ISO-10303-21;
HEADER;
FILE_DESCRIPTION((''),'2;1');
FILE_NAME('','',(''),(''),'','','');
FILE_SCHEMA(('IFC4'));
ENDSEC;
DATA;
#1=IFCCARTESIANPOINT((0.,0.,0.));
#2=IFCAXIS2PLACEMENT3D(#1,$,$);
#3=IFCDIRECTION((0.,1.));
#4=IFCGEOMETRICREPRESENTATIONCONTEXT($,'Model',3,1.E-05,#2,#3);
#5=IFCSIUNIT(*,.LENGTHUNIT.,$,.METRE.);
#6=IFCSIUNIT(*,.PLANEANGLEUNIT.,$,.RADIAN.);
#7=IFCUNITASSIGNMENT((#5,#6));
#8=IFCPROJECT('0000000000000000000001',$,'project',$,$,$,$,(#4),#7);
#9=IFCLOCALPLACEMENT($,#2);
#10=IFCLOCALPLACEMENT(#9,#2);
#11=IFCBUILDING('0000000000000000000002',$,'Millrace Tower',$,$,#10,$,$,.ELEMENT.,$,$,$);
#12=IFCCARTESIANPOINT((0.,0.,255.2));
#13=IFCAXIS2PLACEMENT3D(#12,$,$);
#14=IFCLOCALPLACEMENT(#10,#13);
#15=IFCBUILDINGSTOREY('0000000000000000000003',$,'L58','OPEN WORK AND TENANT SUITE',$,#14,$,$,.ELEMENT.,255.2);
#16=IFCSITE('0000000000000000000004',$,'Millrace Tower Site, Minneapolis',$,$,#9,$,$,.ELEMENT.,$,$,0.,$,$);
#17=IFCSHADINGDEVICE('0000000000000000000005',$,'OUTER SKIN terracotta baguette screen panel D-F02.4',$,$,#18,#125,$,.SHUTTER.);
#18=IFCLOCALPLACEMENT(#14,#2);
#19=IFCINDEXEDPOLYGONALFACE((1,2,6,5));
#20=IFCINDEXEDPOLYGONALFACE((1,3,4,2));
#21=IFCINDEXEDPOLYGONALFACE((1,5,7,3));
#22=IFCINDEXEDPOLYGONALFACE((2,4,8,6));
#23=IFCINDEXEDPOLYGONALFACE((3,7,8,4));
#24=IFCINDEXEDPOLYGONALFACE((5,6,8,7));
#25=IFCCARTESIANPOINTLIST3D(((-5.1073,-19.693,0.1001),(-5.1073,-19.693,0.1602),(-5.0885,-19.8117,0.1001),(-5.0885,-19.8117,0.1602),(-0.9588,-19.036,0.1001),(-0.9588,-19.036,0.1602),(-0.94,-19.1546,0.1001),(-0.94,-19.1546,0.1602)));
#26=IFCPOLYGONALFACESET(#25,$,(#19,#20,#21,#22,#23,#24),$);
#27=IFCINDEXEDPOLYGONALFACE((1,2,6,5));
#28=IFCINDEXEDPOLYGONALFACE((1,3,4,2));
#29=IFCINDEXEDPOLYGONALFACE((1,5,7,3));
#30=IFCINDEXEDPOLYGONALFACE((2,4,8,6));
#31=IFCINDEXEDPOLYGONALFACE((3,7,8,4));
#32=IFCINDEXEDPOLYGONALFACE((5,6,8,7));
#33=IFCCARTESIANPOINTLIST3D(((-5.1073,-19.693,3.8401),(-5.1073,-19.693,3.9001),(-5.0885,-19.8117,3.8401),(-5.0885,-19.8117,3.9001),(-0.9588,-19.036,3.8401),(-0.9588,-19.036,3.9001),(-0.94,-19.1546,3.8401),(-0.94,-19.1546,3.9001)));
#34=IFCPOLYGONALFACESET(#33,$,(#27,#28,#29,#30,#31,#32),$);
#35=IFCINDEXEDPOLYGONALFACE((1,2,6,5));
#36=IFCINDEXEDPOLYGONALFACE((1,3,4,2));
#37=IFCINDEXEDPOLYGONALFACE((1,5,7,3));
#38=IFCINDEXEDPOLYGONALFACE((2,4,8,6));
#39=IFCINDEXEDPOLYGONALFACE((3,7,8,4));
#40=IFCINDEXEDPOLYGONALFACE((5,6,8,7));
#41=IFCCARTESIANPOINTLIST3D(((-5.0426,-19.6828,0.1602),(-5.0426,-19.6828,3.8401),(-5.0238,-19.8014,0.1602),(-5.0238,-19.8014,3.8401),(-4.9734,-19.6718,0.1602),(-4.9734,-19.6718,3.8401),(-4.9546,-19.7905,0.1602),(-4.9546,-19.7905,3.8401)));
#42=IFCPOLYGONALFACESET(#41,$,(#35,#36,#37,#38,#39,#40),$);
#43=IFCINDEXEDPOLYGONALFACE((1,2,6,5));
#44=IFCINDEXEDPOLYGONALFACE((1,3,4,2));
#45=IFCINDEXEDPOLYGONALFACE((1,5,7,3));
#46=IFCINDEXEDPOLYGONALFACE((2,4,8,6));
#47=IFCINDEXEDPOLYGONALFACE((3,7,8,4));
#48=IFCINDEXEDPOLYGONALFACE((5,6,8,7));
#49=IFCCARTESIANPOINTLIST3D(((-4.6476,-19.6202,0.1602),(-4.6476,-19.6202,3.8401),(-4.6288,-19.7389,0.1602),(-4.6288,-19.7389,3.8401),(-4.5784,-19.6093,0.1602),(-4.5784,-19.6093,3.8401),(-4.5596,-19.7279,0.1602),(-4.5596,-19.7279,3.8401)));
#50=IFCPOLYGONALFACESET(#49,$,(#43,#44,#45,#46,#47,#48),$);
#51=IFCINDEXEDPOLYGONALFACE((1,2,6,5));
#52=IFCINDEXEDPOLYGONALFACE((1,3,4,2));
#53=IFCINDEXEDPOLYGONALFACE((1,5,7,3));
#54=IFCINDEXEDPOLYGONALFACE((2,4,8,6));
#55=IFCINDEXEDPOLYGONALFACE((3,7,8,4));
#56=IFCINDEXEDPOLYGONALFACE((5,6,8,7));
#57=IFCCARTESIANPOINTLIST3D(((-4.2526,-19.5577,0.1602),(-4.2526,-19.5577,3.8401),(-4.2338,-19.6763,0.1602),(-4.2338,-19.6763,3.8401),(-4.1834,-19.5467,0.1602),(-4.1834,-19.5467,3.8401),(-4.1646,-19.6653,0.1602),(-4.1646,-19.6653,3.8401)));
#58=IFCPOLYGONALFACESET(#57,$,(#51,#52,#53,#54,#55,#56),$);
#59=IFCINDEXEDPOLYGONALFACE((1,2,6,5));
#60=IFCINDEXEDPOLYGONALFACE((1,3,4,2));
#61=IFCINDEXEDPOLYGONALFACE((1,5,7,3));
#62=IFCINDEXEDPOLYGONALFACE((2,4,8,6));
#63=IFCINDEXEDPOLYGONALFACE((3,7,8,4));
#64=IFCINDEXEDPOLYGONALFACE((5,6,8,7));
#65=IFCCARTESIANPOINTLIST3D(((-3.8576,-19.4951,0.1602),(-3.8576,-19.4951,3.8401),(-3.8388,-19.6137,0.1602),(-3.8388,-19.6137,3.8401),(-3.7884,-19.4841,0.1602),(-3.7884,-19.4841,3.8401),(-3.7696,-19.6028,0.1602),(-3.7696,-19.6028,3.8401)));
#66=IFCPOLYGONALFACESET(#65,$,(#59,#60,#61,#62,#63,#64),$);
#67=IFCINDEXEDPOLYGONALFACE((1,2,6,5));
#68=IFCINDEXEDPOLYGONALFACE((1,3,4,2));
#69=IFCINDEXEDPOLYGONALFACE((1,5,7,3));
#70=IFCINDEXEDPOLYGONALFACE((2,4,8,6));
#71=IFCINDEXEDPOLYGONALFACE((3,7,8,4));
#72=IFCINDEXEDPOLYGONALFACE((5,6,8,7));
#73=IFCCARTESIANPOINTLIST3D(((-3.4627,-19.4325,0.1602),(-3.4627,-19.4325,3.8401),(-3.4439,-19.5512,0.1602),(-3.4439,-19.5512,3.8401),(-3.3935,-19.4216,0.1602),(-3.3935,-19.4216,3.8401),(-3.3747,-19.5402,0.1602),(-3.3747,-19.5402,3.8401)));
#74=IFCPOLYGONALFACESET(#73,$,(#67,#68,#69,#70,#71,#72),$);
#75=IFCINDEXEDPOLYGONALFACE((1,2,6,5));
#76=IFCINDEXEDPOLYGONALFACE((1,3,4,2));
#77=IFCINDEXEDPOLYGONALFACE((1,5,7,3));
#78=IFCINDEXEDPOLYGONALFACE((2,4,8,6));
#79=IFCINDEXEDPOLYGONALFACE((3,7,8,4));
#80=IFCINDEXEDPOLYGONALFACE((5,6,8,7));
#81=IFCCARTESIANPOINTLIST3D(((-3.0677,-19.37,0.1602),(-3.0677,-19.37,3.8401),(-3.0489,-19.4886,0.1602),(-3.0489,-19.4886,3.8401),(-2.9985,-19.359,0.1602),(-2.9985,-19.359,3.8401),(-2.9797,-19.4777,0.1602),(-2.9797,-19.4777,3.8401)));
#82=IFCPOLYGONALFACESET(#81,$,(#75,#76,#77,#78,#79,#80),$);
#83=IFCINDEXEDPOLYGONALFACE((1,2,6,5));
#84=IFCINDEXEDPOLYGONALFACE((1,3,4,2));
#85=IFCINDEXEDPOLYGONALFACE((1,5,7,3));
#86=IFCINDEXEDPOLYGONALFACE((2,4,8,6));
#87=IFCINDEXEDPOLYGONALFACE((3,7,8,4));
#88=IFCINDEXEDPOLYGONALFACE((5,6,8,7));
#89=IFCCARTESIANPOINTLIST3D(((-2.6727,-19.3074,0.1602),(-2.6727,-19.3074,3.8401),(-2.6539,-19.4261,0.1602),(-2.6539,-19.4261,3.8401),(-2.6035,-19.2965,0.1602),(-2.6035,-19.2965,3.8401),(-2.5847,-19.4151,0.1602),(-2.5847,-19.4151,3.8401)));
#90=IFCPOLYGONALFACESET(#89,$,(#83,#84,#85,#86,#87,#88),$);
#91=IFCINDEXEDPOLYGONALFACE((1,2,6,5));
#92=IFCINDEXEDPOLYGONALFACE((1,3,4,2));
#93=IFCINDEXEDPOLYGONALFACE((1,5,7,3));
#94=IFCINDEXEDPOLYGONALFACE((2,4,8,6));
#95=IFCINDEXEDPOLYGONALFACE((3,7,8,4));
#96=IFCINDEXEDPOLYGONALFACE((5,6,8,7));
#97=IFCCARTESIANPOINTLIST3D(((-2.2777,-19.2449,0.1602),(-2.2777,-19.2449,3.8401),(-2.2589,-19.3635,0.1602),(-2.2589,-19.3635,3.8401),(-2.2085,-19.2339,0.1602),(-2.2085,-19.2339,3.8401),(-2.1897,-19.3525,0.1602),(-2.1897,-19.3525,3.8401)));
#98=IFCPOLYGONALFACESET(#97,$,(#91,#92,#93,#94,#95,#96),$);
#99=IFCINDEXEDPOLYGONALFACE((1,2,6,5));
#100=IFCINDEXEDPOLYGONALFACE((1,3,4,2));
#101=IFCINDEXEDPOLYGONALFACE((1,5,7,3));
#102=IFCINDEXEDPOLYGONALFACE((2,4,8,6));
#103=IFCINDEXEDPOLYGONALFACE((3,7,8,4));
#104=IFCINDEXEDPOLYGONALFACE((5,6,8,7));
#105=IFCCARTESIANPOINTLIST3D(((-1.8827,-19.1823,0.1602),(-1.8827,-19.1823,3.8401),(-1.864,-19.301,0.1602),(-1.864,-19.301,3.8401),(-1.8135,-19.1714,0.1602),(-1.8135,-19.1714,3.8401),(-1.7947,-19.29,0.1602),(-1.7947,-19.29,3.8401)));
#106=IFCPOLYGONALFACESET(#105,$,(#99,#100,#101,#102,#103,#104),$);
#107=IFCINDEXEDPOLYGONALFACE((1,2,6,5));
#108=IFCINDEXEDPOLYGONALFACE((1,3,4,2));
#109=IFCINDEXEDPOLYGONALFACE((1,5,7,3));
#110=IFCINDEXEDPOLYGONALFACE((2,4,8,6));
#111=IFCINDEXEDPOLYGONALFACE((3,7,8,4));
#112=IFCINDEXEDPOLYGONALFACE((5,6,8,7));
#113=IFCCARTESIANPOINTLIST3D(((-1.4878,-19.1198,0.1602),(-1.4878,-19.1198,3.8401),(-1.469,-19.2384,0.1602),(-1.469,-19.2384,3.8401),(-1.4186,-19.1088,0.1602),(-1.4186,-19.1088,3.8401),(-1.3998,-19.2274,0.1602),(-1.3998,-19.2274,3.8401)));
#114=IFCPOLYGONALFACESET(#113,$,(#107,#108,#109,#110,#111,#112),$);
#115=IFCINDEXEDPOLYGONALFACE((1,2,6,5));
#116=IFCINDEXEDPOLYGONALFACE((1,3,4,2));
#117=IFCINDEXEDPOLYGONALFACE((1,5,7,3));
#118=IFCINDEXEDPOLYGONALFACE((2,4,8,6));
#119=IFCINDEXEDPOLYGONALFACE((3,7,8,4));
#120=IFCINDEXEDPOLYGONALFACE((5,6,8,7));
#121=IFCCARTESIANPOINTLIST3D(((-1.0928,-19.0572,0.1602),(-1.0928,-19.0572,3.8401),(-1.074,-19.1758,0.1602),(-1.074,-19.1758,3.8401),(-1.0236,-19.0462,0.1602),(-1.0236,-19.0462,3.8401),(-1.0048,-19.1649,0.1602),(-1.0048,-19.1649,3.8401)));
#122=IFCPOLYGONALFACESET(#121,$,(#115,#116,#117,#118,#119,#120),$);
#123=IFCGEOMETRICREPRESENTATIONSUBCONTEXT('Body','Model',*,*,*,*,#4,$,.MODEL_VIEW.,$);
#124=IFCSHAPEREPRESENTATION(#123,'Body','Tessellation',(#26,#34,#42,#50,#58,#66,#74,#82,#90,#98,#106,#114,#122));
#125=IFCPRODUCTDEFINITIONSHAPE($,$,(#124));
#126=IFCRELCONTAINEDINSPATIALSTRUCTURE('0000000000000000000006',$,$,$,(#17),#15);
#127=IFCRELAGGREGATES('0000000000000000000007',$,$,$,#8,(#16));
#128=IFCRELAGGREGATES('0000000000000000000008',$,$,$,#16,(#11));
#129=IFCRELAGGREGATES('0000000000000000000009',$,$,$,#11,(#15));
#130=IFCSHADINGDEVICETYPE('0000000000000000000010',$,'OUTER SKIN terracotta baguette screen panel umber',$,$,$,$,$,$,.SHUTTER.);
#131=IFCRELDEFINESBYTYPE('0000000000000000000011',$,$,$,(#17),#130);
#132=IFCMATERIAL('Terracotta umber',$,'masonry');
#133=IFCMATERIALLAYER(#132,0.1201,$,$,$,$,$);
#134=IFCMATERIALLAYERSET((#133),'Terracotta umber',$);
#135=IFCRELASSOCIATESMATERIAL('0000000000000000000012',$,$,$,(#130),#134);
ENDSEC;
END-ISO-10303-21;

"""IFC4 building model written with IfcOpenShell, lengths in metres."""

from ifc_helpers import new_model, entity, si_unit, direction, frame, frame_2d, origin, origin_2d, place, context, subcontext, project, spatial, rectangle, extrude, source, transform, mapped, material, layer, layer_set, type_object, element, save


model = new_model("IFC4")

# Units and contexts
model_context = context("Model", 3, precision=1e-05, world=origin(), true_north=direction((0.0, 1.0)))
body_context = subcontext(model_context, "Body", "Model", "MODEL_VIEW")
ifc_project = project(units=[si_unit("LENGTHUNIT", "METRE"), si_unit("PLANEANGLEUNIT", "RADIAN")], contexts=[model_context])

# Site, building, storey
site_placement = place(None, origin())
site = spatial("IfcSite", under=ifc_project, at=site_placement, Name="Millrace Tower Site, Minneapolis", CompositionType="ELEMENT", RefElevation=0.0)
building_placement = place(site_placement, origin())
building = spatial("IfcBuilding", under=site, at=building_placement, Name="Millrace Tower", CompositionType="ELEMENT")
storey_placement = place(building_placement, frame((0.0, 0.0, 255.2)))
storey = spatial("IfcBuildingStorey", under=building, at=storey_placement, Name="L58", Description="OPEN WORK AND TENANT SUITE", CompositionType="ELEMENT", Elevation=255.2)

# Shading device
ifc_material_1 = material(Name="Terracotta umber", Category="masonry")
ifc_layer_1 = layer(ifc_material_1, 0.1201)
ifc_layer_set_1 = layer_set([ifc_layer_1], Name="Terracotta umber")
shading_device_type = type_object("IfcShadingDeviceType", Name="OUTER SKIN terracotta baguette screen panel umber", PredefinedType="SHUTTER", material=ifc_layer_set_1)
cartesian_point = entity("IfcCartesianPoint", [-2.1001, 0.0601])
shared_polyline = entity("IfcPolyline", [cartesian_point, entity("IfcCartesianPoint", [2.1001, 0.0601]), entity("IfcCartesianPoint", [2.1001, -0.0601]), entity("IfcCartesianPoint", [-2.1001, -0.0601]), cartesian_point])
shared_shape = source(origin(), body_context, "Body", "SweptSolid", [
    entity("IfcExtrudedAreaSolid", entity("IfcArbitraryClosedProfileDef", "AREA", None, shared_polyline), entity("IfcAxis2Placement3D", entity("IfcCartesianPoint", [0.0, 0.0, 0.0])), entity("IfcDirection", [0.0, 0.0, 1.0]), 0.0601),
    entity("IfcExtrudedAreaSolid", entity("IfcArbitraryClosedProfileDef", "AREA", None, shared_polyline), entity("IfcAxis2Placement3D", entity("IfcCartesianPoint", [0.0, 0.0, 3.74])), entity("IfcDirection", [0.0, 0.0, 1.0]), 0.0601),
    extrude(rectangle(XDim=0.0701, YDim=0.1201, at=frame_2d((-1.9995, 0.0))), frame((0.0, 0.0, 0.0601)), (0.0, 0.0, 1.0), 3.6799),
    extrude(rectangle(XDim=0.0701, YDim=0.1201, at=frame_2d((-1.5996, 0.0))), frame((0.0, 0.0, 0.0601)), (0.0, 0.0, 1.0), 3.6799),
    extrude(rectangle(XDim=0.0701, YDim=0.1201, at=frame_2d((-1.1997, 0.0))), frame((0.0, 0.0, 0.0601)), (0.0, 0.0, 1.0), 3.6799),
    extrude(rectangle(XDim=0.0701, YDim=0.1201, at=frame_2d((-0.7998, 0.0))), frame((0.0, 0.0, 0.0601)), (0.0, 0.0, 1.0), 3.6799),
    extrude(rectangle(XDim=0.0701, YDim=0.1201, at=frame_2d((-0.3999, 0.0))), frame((0.0, 0.0, 0.0601)), (0.0, 0.0, 1.0), 3.6799),
    extrude(rectangle(XDim=0.0701, YDim=0.1201, at=origin_2d()), frame((0.0, 0.0, 0.0601)), (0.0, 0.0, 1.0), 3.6799),
    extrude(rectangle(XDim=0.0701, YDim=0.1201, at=frame_2d((0.3999, 0.0))), frame((0.0, 0.0, 0.0601)), (0.0, 0.0, 1.0), 3.6799),
    extrude(rectangle(XDim=0.0701, YDim=0.1201, at=frame_2d((0.7998, 0.0))), frame((0.0, 0.0, 0.0601)), (0.0, 0.0, 1.0), 3.6799),
    extrude(rectangle(XDim=0.0701, YDim=0.1201, at=frame_2d((1.1997, 0.0))), frame((0.0, 0.0, 0.0601)), (0.0, 0.0, 1.0), 3.6799),
    extrude(rectangle(XDim=0.0701, YDim=0.1201, at=frame_2d((1.5996, 0.0))), frame((0.0, 0.0, 0.0601)), (0.0, 0.0, 1.0), 3.6799),
    extrude(rectangle(XDim=0.0701, YDim=0.1201, at=frame_2d((1.9995, 0.0))), frame((0.0, 0.0, 0.0601)), (0.0, 0.0, 1.0), 3.6799),
])
for number, where, z_axis, x_axis, name in (
    (1, (-3.0237, -19.4238, 0.1001), (0.0, 0.0, 1.0), (0.987688, 0.156434, 0.0), "OUTER SKIN terracotta baguette screen panel D-F02.4"),
):
    element("IfcShadingDevice", number, at=place(storey_placement, frame(where, z_axis=z_axis, x_axis=x_axis)), inside=storey, type_object=shading_device_type, Name=name, PredefinedType="SHUTTER", context=body_context, shape_type="MappedRepresentation", body=[
        mapped(shared_shape, transform((0.0, 0.0, 0.0), scale=1.0)),
    ])

save(model, "model.ifc")
